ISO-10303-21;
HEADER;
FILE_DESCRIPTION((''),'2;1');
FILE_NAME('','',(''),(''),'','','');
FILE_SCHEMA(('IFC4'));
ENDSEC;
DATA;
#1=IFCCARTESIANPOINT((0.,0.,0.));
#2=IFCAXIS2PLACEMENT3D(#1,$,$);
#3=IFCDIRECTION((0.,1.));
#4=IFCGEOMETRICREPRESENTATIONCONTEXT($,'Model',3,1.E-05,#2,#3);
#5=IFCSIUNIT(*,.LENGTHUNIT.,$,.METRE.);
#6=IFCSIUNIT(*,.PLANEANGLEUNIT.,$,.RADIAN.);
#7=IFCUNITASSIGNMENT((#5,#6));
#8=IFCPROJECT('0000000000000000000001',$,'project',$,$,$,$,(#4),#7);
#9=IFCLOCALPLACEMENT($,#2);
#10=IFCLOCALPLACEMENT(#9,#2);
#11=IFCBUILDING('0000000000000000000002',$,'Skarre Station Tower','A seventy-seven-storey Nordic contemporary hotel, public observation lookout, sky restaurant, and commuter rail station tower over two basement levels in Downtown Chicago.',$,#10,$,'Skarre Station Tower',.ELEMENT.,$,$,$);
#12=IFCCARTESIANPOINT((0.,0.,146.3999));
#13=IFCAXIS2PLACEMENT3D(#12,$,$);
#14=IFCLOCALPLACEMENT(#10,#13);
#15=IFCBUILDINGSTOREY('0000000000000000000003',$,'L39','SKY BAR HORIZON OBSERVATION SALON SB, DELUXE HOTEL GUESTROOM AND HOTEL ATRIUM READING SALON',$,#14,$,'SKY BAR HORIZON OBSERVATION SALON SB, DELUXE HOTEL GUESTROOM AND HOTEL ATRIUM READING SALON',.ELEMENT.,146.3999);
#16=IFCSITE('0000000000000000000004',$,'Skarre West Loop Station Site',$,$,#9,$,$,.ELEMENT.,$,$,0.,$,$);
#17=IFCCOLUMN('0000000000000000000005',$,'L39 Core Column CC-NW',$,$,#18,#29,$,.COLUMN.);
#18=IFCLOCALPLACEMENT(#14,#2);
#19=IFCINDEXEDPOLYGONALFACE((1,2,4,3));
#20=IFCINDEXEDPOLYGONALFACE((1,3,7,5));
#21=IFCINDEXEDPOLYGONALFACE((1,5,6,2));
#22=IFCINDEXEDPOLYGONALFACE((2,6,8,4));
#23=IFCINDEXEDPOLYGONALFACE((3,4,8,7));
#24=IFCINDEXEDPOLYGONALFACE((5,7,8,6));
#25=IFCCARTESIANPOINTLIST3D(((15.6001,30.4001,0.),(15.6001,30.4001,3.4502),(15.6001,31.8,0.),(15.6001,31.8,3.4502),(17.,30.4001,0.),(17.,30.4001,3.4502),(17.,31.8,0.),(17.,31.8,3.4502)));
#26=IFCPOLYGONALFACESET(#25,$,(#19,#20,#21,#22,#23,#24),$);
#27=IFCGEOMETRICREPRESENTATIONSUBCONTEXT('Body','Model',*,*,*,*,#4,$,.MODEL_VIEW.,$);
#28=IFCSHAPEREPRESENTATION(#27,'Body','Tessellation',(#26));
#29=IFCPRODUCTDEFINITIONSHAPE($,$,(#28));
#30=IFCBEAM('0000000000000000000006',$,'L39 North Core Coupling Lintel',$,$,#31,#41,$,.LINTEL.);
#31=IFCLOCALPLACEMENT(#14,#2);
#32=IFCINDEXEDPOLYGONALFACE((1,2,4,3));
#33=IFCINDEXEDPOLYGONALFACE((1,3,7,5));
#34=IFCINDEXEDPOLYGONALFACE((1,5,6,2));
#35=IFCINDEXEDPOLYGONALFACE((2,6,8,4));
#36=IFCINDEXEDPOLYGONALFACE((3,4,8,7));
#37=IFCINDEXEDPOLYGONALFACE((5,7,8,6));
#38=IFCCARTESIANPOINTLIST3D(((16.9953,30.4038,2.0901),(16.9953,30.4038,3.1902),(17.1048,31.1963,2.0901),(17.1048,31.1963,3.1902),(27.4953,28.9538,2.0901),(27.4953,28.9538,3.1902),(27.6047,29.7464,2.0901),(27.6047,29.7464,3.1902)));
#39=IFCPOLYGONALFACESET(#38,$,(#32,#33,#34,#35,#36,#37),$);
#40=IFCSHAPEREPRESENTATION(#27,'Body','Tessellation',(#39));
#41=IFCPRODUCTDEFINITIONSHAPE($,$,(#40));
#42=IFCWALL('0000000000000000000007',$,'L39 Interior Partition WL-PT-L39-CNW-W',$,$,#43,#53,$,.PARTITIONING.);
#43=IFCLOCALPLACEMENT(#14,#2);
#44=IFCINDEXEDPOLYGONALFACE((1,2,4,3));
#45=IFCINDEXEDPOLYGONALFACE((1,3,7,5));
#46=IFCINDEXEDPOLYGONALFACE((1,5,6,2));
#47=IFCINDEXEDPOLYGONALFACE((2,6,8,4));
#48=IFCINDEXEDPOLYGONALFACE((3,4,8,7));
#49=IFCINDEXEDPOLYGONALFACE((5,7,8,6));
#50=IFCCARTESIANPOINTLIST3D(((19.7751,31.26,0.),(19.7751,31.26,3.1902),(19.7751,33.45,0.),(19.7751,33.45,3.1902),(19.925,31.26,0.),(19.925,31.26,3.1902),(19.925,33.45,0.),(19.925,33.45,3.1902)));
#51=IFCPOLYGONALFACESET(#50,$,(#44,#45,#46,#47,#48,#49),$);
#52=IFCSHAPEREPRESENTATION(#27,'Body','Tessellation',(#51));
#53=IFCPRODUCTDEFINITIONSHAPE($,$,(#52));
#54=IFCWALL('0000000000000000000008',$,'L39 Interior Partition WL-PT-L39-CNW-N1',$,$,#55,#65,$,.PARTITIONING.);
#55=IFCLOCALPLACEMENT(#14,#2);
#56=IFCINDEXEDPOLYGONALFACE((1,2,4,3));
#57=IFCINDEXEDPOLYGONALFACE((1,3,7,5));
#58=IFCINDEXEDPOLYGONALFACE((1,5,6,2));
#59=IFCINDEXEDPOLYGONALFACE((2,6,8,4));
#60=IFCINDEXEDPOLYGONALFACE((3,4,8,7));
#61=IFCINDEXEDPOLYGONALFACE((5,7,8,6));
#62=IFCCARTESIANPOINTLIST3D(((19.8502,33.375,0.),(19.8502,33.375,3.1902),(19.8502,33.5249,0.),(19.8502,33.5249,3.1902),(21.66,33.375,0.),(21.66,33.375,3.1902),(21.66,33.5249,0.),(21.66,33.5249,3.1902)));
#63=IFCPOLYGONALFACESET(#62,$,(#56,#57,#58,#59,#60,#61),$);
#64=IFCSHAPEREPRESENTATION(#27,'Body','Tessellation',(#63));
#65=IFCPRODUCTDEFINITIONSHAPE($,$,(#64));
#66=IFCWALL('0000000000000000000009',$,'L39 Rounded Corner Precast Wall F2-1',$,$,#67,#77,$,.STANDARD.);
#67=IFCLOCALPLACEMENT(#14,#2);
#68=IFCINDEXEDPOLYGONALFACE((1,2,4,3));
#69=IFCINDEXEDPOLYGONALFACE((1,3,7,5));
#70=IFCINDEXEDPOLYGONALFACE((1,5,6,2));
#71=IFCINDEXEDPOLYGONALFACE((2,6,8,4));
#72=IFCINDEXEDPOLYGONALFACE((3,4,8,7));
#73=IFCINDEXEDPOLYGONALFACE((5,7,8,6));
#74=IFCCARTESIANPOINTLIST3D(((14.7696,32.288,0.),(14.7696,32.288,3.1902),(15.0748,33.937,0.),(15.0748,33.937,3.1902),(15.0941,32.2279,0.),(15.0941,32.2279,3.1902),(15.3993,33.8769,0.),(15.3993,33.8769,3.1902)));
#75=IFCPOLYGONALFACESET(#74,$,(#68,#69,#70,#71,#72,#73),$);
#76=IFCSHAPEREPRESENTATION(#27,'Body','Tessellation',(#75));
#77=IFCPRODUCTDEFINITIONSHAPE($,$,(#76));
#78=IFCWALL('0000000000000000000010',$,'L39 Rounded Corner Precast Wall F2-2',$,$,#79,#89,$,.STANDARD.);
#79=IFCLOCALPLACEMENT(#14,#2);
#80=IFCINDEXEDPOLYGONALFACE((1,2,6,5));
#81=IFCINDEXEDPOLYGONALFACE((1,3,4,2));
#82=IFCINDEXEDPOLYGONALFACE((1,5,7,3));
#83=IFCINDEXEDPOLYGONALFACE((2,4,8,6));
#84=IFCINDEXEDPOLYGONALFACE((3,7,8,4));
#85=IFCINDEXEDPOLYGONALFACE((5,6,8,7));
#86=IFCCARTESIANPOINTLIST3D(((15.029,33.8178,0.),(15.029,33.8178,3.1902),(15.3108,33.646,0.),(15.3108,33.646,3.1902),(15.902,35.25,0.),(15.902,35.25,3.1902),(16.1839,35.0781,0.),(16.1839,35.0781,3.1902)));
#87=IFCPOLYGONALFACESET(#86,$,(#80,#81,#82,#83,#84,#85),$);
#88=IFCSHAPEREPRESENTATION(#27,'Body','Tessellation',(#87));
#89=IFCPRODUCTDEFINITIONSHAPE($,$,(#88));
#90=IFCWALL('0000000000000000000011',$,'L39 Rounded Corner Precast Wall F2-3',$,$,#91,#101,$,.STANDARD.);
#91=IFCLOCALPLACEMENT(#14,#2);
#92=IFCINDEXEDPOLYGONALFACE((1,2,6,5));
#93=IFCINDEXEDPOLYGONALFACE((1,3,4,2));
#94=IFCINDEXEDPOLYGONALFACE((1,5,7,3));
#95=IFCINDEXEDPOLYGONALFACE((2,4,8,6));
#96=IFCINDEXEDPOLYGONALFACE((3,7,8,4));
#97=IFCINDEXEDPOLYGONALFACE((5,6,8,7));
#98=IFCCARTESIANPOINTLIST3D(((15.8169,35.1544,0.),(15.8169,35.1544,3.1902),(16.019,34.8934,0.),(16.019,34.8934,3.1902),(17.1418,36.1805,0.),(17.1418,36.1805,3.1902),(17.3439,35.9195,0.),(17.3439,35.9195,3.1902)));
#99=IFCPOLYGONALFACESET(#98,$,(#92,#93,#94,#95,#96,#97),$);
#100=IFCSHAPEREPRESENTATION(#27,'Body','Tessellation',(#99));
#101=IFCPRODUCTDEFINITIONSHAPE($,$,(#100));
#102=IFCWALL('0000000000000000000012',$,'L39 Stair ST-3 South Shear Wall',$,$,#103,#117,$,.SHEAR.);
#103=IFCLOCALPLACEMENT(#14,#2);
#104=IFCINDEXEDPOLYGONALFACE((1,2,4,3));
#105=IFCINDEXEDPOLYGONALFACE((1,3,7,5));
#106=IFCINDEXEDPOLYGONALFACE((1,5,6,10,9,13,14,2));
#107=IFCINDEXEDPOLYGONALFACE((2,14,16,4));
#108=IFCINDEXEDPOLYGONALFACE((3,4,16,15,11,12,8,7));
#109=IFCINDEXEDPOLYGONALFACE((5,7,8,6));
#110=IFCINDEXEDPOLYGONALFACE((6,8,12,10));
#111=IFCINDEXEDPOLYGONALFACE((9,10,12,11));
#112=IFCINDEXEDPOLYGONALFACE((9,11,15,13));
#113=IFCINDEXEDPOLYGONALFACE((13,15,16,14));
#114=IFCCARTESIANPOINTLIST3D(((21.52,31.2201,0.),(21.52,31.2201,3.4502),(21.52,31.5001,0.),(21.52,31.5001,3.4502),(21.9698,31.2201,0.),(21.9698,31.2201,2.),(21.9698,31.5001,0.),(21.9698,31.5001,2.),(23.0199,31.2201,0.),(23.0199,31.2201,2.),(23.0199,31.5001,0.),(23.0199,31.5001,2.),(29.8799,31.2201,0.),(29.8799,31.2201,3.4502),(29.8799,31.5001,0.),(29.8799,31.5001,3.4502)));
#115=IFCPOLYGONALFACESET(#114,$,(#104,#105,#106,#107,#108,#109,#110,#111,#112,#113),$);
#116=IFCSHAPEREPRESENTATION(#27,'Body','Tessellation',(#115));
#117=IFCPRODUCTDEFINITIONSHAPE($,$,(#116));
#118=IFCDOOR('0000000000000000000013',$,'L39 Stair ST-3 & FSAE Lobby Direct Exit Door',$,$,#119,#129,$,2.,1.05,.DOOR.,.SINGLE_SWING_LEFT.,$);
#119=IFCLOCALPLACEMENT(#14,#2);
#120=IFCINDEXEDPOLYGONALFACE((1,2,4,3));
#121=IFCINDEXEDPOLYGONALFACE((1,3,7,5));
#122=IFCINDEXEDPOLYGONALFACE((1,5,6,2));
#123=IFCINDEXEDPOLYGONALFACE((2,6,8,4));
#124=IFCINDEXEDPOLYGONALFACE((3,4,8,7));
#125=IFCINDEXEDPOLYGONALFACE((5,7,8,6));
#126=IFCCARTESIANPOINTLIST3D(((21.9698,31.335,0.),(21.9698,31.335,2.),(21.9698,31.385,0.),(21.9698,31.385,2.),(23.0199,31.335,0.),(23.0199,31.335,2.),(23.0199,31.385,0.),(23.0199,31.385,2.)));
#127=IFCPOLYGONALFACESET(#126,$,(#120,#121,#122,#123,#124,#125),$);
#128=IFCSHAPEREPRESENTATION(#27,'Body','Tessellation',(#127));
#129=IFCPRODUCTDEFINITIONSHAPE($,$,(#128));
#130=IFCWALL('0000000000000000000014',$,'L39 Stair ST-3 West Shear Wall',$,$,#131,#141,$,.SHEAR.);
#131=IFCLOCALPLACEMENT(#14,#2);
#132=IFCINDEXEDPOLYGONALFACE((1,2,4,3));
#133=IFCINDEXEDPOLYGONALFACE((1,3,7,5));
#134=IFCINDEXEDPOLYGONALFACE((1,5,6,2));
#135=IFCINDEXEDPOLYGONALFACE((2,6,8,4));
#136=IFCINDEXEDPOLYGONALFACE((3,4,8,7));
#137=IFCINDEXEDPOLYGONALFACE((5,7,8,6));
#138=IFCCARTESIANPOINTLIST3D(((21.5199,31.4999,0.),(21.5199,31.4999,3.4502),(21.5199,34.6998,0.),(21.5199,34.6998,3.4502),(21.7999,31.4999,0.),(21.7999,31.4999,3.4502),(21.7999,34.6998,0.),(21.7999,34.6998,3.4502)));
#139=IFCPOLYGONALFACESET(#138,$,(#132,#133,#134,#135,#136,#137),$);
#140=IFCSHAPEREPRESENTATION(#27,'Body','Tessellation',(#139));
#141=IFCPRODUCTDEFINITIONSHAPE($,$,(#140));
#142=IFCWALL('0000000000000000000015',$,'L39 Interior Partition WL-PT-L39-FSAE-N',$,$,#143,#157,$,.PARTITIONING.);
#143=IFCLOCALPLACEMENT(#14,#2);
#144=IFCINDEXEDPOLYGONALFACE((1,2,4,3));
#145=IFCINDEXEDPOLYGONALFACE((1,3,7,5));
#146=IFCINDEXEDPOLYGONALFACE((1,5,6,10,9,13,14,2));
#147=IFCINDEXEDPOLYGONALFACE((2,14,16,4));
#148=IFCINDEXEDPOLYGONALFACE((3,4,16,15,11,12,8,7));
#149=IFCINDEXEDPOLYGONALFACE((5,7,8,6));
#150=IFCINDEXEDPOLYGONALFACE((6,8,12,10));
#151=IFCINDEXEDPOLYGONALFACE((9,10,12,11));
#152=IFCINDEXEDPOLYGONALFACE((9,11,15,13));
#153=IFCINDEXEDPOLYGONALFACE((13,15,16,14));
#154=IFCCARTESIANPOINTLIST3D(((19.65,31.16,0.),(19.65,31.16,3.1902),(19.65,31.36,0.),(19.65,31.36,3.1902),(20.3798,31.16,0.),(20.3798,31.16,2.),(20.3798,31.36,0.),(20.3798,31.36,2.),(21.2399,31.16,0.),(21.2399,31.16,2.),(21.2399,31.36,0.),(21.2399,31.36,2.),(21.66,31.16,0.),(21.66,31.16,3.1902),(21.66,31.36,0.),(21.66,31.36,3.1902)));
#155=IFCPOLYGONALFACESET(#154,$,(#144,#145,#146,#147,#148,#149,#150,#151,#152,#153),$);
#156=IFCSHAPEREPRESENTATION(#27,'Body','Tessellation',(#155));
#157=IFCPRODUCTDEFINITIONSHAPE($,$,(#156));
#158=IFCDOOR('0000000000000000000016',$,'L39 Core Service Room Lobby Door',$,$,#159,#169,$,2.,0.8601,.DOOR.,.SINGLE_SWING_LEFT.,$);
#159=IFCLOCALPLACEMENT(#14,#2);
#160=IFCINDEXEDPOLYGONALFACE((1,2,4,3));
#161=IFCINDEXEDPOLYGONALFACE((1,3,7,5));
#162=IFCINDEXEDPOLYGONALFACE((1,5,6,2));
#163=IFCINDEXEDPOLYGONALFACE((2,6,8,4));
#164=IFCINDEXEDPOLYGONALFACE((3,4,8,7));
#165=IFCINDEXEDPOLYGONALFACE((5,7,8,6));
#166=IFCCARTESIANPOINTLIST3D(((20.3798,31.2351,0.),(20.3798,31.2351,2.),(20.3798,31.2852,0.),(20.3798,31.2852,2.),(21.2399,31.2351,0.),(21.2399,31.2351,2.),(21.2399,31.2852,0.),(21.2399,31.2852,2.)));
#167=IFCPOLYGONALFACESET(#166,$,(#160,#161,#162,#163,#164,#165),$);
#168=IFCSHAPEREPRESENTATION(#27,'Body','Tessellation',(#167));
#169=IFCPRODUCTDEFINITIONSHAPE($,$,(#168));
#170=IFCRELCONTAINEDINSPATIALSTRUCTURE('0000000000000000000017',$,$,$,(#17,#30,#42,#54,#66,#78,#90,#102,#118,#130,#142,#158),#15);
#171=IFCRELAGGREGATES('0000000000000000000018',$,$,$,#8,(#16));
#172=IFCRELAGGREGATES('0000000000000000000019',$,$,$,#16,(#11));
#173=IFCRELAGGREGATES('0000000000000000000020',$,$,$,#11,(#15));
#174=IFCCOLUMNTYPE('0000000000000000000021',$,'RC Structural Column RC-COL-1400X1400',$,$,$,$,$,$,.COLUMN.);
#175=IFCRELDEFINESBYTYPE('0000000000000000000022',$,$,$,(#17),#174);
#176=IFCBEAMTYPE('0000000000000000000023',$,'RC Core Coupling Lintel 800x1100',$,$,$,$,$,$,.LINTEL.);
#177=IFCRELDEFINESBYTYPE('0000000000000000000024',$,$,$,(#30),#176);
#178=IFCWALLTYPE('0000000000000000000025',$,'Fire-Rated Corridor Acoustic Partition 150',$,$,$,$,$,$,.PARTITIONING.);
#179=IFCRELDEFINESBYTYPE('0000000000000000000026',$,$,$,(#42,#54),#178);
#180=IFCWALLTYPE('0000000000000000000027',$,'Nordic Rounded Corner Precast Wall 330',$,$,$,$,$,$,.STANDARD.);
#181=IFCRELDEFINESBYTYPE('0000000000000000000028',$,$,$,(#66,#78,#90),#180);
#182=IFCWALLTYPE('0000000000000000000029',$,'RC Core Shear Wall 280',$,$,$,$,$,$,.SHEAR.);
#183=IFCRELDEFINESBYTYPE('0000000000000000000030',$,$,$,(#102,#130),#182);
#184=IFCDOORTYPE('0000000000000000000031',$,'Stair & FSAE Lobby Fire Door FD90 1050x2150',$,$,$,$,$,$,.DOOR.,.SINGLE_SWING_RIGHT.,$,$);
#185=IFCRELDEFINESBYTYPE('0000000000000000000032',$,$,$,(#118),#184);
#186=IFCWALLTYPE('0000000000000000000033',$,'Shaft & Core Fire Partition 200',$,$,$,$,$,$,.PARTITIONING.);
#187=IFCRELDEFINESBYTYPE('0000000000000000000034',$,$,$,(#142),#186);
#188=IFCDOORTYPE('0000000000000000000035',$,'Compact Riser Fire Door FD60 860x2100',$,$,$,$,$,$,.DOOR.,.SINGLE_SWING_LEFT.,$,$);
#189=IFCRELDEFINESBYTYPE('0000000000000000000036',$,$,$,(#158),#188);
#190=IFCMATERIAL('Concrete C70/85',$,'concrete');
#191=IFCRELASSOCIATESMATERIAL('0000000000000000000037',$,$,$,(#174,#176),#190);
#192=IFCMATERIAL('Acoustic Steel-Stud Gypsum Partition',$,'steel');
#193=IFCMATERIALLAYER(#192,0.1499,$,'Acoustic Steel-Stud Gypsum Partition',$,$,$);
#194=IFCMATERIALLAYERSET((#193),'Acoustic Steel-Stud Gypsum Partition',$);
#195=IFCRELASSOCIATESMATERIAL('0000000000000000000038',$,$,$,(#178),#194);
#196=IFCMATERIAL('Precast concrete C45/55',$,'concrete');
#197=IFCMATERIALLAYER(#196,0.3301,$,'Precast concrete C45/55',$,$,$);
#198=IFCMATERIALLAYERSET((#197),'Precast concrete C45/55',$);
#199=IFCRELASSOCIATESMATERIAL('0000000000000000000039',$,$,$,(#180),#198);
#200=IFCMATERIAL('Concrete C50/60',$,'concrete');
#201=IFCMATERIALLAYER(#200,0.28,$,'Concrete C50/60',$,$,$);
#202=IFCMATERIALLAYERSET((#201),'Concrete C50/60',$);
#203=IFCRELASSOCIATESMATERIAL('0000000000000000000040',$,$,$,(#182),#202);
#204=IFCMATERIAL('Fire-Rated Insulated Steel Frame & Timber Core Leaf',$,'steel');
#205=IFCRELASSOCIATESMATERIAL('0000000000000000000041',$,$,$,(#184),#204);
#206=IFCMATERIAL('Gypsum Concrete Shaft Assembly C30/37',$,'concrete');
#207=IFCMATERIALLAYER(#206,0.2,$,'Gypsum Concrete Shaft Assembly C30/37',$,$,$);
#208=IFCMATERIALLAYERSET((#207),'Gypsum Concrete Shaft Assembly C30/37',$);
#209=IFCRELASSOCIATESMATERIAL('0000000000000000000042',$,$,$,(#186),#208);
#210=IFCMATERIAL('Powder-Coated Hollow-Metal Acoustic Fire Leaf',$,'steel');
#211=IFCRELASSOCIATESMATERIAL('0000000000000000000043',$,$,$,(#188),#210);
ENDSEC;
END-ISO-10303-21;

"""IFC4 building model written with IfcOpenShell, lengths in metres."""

from ifc_helpers import new_model, si_unit, direction, frame, frame_2d, origin, origin_2d, place, context, subcontext, project, spatial, rectangle, extrude, material, layer, layer_set, material_profile, profile_set, type_object, element, fill, save


model = new_model("IFC4")

# Units and contexts
model_context = context("Model", 3, precision=1e-05, world=origin(), true_north=direction((0.0, 1.0)))
body_context = subcontext(model_context, "Body", "Model", "MODEL_VIEW")
ifc_project = project(units=[si_unit("LENGTHUNIT", "METRE"), si_unit("PLANEANGLEUNIT", "RADIAN")], contexts=[model_context])

# Site, building, storey
site_placement = place(None, origin())
site = spatial("IfcSite", under=ifc_project, at=site_placement, Name="Skarre West Loop Station Site", CompositionType="ELEMENT", RefElevation=0.0)
building_placement = place(site_placement, origin())
building = spatial("IfcBuilding", under=site, at=building_placement, Name="Skarre Station Tower", Description="A seventy-seven-storey Nordic contemporary hotel, public observation lookout, sky restaurant, and commuter rail station tower over two basement levels in Downtown Chicago.", LongName="Skarre Station Tower", CompositionType="ELEMENT")
storey_placement = place(building_placement, frame((0.0, 0.0, 146.3999)))
storey = spatial("IfcBuildingStorey", under=building, at=storey_placement, Name="L39", Description="SKY BAR HORIZON OBSERVATION SALON SB, DELUXE HOTEL GUESTROOM AND HOTEL ATRIUM READING SALON", LongName="SKY BAR HORIZON OBSERVATION SALON SB, DELUXE HOTEL GUESTROOM AND HOTEL ATRIUM READING SALON", CompositionType="ELEMENT", Elevation=146.3999)

# Column
ifc_material_1 = material(Name="Concrete C70/85", Category="concrete")
ifc_material_profile_1 = material_profile(ifc_material_1, rectangle(XDim=1.3999, YDim=1.3999, at=origin_2d()), Name="Concrete C70/85")
ifc_profile_set_1 = profile_set([ifc_material_profile_1], Name="Concrete C70/85")
column_type = type_object("IfcColumnType", Name="RC Structural Column RC-COL-1400X1400", PredefinedType="COLUMN", material=ifc_profile_set_1)
column_placement = place(storey_placement, frame((16.3, 31.1001, 0.0), z_axis=(0.0, 0.0, 1.0), x_axis=(1.0, 0.0, 0.0)))
element("IfcColumn", 1, at=column_placement, inside=storey, type_object=column_type, Name="L39 Core Column CC-NW", PredefinedType="COLUMN", context=body_context, shape_type="SweptSolid", body=[
    extrude(rectangle(XDim=1.3999, YDim=1.3999, at=origin_2d()), origin(), (0.0, 0.0, 1.0), 3.4502),
])

# Beam
ifc_material_profile_2 = material_profile(ifc_material_1, rectangle(XDim=0.8, YDim=1.1001, at=origin_2d()), Name="Concrete C70/85")
ifc_profile_set_2 = profile_set([ifc_material_profile_2], Name="Concrete C70/85")
beam_type = type_object("IfcBeamType", Name="RC Core Coupling Lintel 800x1100", PredefinedType="LINTEL", material=ifc_profile_set_2)
beam_placement = place(storey_placement, frame((17.05, 30.8, 2.6401), z_axis=(0.9906, -0.136792, 0.0), x_axis=(0.136792, 0.9906, 0.0)))
element("IfcBeam", 2, at=beam_placement, inside=storey, type_object=beam_type, Name="L39 North Core Coupling Lintel", PredefinedType="LINTEL", context=body_context, shape_type="SweptSolid", body=[
    extrude(rectangle(XDim=0.8, YDim=1.1001, at=origin_2d()), origin(), (0.0, 0.0, 1.0), 10.5996),
])

# Walls
ifc_material_2 = material(Name="Acoustic Steel-Stud Gypsum Partition", Category="steel")
ifc_layer_1 = layer(ifc_material_2, 0.1499, Name="Acoustic Steel-Stud Gypsum Partition")
ifc_layer_set_1 = layer_set([ifc_layer_1], Name="Acoustic Steel-Stud Gypsum Partition")
wall_type_1 = type_object("IfcWallType", Name="Fire-Rated Corridor Acoustic Partition 150", PredefinedType="PARTITIONING", material=ifc_layer_set_1)
wall_1_placement = place(storey_placement, frame((19.8501, 33.45, 0.0), z_axis=(0.0, 0.0, 1.0), x_axis=(0.0, -1.0, 0.0)))
element("IfcWall", 3, at=wall_1_placement, inside=storey, type_object=wall_type_1, Name="L39 Interior Partition WL-PT-L39-CNW-W", PredefinedType="PARTITIONING", context=body_context, shape_type="SweptSolid", body=[
    extrude(rectangle(XDim=2.1899, YDim=0.1499, at=frame_2d((1.095, 0.0))), origin(), (0.0, 0.0, 1.0), 3.1902),
])
wall_2_placement = place(storey_placement, frame((21.6599, 33.45, 0.0), z_axis=(0.0, 0.0, 1.0), x_axis=(-1.0, 0.0, 0.0)))
element("IfcWall", 4, at=wall_2_placement, inside=storey, type_object=wall_type_1, Name="L39 Interior Partition WL-PT-L39-CNW-N1", PredefinedType="PARTITIONING", context=body_context, shape_type="SweptSolid", body=[
    extrude(rectangle(XDim=1.8098, YDim=0.1499, at=frame_2d((0.9048, 0.0))), origin(), (0.0, 0.0, 1.0), 3.1902),
])
ifc_material_3 = material(Name="Precast concrete C45/55", Category="concrete")
ifc_layer_2 = layer(ifc_material_3, 0.3301, Name="Precast concrete C45/55")
ifc_layer_set_2 = layer_set([ifc_layer_2], Name="Precast concrete C45/55")
wall_type_2 = type_object("IfcWallType", Name="Nordic Rounded Corner Precast Wall 330", PredefinedType="STANDARD", material=ifc_layer_set_2)
wall_3_placement = place(storey_placement, frame((14.9319, 32.2581, 0.0), z_axis=(0.0, 0.0, 1.0), x_axis=(0.181985, 0.983301, 0.0)))
element("IfcWall", 5, at=wall_3_placement, inside=storey, type_object=wall_type_2, Name="L39 Rounded Corner Precast Wall F2-1", PredefinedType="STANDARD", context=body_context, shape_type="SweptSolid", body=[
    extrude(rectangle(XDim=1.677, YDim=0.3301, at=frame_2d((0.8384, 0.0))), origin(), (0.0, 0.0, 1.0), 3.1902),
])
wall_4_placement = place(storey_placement, frame((15.1699, 33.7319, 0.0), z_axis=(0.0, 0.0, 1.0), x_axis=(0.520519, 0.85385, 0.0)))
element("IfcWall", 6, at=wall_4_placement, inside=storey, type_object=wall_type_2, Name="L39 Rounded Corner Precast Wall F2-2", PredefinedType="STANDARD", context=body_context, shape_type="SweptSolid", body=[
    extrude(rectangle(XDim=1.6772, YDim=0.3301, at=frame_2d((0.8386, 0.0))), origin(), (0.0, 0.0, 1.0), 3.1902),
])
wall_5_placement = place(storey_placement, frame((15.918, 35.0239, 0.0), z_axis=(0.0, 0.0, 1.0), x_axis=(0.790621, 0.612305, 0.0)))
element("IfcWall", 7, at=wall_5_placement, inside=storey, type_object=wall_type_2, Name="L39 Rounded Corner Precast Wall F2-3", PredefinedType="STANDARD", context=body_context, shape_type="SweptSolid", body=[
    extrude(rectangle(XDim=1.6758, YDim=0.3301, at=frame_2d((0.8379, 0.0))), origin(), (0.0, 0.0, 1.0), 3.1902),
])

# Wall, opening, door
ifc_material_4 = material(Name="Concrete C50/60", Category="concrete")
ifc_layer_3 = layer(ifc_material_4, 0.28, Name="Concrete C50/60")
ifc_layer_set_3 = layer_set([ifc_layer_3], Name="Concrete C50/60")
wall_type_3 = type_object("IfcWallType", Name="RC Core Shear Wall 280", PredefinedType="SHEAR", material=ifc_layer_set_3)
wall_6_placement = place(storey_placement, frame((21.52, 31.3601, 0.0), z_axis=(0.0, 0.0, 1.0), x_axis=(1.0, 0.0, 0.0)))
wall_6 = element("IfcWall", 8, at=wall_6_placement, inside=storey, type_object=wall_type_3, Name="L39 Stair ST-3 South Shear Wall", PredefinedType="SHEAR", context=body_context, shape_type="SweptSolid", body=[
    extrude(rectangle(XDim=8.3599, YDim=0.28, at=frame_2d((4.1799, 0.0))), origin(), (0.0, 0.0, 1.0), 3.4502),
])
opening_1_placement = place(wall_6_placement, frame((0.45, 0.0, 0.0)))
opening_1 = element("IfcOpeningElement", 9, at=opening_1_placement, cuts=wall_6, PredefinedType="OPENING", context=body_context, shape_type="SweptSolid", body=[
    extrude(rectangle(XDim=1.05, YDim=2.0, at=frame_2d((0.5249, 1.0))), frame((0.0, 0.1499, 0.0), z_axis=(0.0, -1.0, 0.0), x_axis=(1.0, 0.0, 0.0)), (0.0, 0.0, 1.0), 0.3),
])
ifc_material_5 = material(Name="Fire-Rated Insulated Steel Frame & Timber Core Leaf", Category="steel")
door_type_1 = type_object("IfcDoorType", Name="Stair & FSAE Lobby Fire Door FD90 1050x2150", OperationType="SINGLE_SWING_RIGHT", PredefinedType="DOOR", material=ifc_material_5)
door_1_placement = place(opening_1_placement, origin())
door_1 = element("IfcDoor", 10, at=door_1_placement, inside=storey, type_object=door_type_1, Name="L39 Stair ST-3 & FSAE Lobby Direct Exit Door", OperationType="SINGLE_SWING_LEFT", OverallHeight=2.0, OverallWidth=1.05, PredefinedType="DOOR", context=body_context, shape_type="SweptSolid", body=[
    extrude(rectangle(XDim=1.05, YDim=2.0, at=frame_2d((0.5249, 1.0))), frame((0.0, 0.0249, 0.0), z_axis=(0.0, -1.0, 0.0), x_axis=(1.0, 0.0, 0.0)), (0.0, 0.0, 1.0), 0.05),
])
fill(opening_1, door_1)

# Wall
wall_7_placement = place(storey_placement, frame((21.6599, 34.7, 0.0), z_axis=(0.0, 0.0, 1.0), x_axis=(0.0, -1.0, 0.0)))
element("IfcWall", 11, at=wall_7_placement, inside=storey, type_object=wall_type_3, Name="L39 Stair ST-3 West Shear Wall", PredefinedType="SHEAR", context=body_context, shape_type="SweptSolid", body=[
    extrude(rectangle(XDim=3.2, YDim=0.28, at=frame_2d((1.6001, 0.0))), origin(), (0.0, 0.0, 1.0), 3.4502),
])

# Wall, opening, door
ifc_material_6 = material(Name="Gypsum Concrete Shaft Assembly C30/37", Category="concrete")
ifc_layer_4 = layer(ifc_material_6, 0.2, Name="Gypsum Concrete Shaft Assembly C30/37")
ifc_layer_set_4 = layer_set([ifc_layer_4], Name="Gypsum Concrete Shaft Assembly C30/37")
wall_type_4 = type_object("IfcWallType", Name="Shaft & Core Fire Partition 200", PredefinedType="PARTITIONING", material=ifc_layer_set_4)
wall_8_placement = place(storey_placement, frame((21.6599, 31.26, 0.0), z_axis=(0.0, 0.0, 1.0), x_axis=(-1.0, 0.0, 0.0)))
wall_8 = element("IfcWall", 12, at=wall_8_placement, inside=storey, type_object=wall_type_4, Name="L39 Interior Partition WL-PT-L39-FSAE-N", PredefinedType="PARTITIONING", context=body_context, shape_type="SweptSolid", body=[
    extrude(rectangle(XDim=2.01, YDim=0.2, at=frame_2d((1.0049, 0.0))), origin(), (0.0, 0.0, 1.0), 3.1902),
])
opening_2_placement = place(wall_8_placement, frame((0.4199, 0.0, 0.0)))
opening_2 = element("IfcOpeningElement", 13, at=opening_2_placement, cuts=wall_8, PredefinedType="OPENING", context=body_context, shape_type="SweptSolid", body=[
    extrude(rectangle(XDim=0.8601, YDim=2.0, at=frame_2d((0.4302, 1.0))), frame((0.0, 0.1099, 0.0), z_axis=(0.0, -1.0, 0.0), x_axis=(1.0, 0.0, 0.0)), (0.0, 0.0, 1.0), 0.22),
])
ifc_material_7 = material(Name="Powder-Coated Hollow-Metal Acoustic Fire Leaf", Category="steel")
door_type_2 = type_object("IfcDoorType", Name="Compact Riser Fire Door FD60 860x2100", OperationType="SINGLE_SWING_LEFT", PredefinedType="DOOR", material=ifc_material_7)
door_2_placement = place(opening_2_placement, origin())
door_2 = element("IfcDoor", 14, at=door_2_placement, inside=storey, type_object=door_type_2, Name="L39 Core Service Room Lobby Door", OperationType="SINGLE_SWING_LEFT", OverallHeight=2.0, OverallWidth=0.8601, PredefinedType="DOOR", context=body_context, shape_type="SweptSolid", body=[
    extrude(rectangle(XDim=0.8601, YDim=2.0, at=frame_2d((0.4302, 1.0))), frame((0.0, 0.0249, 0.0), z_axis=(0.0, -1.0, 0.0), x_axis=(1.0, 0.0, 0.0)), (0.0, 0.0, 1.0), 0.05),
])
fill(opening_2, door_2)

save(model, "model.ifc")
